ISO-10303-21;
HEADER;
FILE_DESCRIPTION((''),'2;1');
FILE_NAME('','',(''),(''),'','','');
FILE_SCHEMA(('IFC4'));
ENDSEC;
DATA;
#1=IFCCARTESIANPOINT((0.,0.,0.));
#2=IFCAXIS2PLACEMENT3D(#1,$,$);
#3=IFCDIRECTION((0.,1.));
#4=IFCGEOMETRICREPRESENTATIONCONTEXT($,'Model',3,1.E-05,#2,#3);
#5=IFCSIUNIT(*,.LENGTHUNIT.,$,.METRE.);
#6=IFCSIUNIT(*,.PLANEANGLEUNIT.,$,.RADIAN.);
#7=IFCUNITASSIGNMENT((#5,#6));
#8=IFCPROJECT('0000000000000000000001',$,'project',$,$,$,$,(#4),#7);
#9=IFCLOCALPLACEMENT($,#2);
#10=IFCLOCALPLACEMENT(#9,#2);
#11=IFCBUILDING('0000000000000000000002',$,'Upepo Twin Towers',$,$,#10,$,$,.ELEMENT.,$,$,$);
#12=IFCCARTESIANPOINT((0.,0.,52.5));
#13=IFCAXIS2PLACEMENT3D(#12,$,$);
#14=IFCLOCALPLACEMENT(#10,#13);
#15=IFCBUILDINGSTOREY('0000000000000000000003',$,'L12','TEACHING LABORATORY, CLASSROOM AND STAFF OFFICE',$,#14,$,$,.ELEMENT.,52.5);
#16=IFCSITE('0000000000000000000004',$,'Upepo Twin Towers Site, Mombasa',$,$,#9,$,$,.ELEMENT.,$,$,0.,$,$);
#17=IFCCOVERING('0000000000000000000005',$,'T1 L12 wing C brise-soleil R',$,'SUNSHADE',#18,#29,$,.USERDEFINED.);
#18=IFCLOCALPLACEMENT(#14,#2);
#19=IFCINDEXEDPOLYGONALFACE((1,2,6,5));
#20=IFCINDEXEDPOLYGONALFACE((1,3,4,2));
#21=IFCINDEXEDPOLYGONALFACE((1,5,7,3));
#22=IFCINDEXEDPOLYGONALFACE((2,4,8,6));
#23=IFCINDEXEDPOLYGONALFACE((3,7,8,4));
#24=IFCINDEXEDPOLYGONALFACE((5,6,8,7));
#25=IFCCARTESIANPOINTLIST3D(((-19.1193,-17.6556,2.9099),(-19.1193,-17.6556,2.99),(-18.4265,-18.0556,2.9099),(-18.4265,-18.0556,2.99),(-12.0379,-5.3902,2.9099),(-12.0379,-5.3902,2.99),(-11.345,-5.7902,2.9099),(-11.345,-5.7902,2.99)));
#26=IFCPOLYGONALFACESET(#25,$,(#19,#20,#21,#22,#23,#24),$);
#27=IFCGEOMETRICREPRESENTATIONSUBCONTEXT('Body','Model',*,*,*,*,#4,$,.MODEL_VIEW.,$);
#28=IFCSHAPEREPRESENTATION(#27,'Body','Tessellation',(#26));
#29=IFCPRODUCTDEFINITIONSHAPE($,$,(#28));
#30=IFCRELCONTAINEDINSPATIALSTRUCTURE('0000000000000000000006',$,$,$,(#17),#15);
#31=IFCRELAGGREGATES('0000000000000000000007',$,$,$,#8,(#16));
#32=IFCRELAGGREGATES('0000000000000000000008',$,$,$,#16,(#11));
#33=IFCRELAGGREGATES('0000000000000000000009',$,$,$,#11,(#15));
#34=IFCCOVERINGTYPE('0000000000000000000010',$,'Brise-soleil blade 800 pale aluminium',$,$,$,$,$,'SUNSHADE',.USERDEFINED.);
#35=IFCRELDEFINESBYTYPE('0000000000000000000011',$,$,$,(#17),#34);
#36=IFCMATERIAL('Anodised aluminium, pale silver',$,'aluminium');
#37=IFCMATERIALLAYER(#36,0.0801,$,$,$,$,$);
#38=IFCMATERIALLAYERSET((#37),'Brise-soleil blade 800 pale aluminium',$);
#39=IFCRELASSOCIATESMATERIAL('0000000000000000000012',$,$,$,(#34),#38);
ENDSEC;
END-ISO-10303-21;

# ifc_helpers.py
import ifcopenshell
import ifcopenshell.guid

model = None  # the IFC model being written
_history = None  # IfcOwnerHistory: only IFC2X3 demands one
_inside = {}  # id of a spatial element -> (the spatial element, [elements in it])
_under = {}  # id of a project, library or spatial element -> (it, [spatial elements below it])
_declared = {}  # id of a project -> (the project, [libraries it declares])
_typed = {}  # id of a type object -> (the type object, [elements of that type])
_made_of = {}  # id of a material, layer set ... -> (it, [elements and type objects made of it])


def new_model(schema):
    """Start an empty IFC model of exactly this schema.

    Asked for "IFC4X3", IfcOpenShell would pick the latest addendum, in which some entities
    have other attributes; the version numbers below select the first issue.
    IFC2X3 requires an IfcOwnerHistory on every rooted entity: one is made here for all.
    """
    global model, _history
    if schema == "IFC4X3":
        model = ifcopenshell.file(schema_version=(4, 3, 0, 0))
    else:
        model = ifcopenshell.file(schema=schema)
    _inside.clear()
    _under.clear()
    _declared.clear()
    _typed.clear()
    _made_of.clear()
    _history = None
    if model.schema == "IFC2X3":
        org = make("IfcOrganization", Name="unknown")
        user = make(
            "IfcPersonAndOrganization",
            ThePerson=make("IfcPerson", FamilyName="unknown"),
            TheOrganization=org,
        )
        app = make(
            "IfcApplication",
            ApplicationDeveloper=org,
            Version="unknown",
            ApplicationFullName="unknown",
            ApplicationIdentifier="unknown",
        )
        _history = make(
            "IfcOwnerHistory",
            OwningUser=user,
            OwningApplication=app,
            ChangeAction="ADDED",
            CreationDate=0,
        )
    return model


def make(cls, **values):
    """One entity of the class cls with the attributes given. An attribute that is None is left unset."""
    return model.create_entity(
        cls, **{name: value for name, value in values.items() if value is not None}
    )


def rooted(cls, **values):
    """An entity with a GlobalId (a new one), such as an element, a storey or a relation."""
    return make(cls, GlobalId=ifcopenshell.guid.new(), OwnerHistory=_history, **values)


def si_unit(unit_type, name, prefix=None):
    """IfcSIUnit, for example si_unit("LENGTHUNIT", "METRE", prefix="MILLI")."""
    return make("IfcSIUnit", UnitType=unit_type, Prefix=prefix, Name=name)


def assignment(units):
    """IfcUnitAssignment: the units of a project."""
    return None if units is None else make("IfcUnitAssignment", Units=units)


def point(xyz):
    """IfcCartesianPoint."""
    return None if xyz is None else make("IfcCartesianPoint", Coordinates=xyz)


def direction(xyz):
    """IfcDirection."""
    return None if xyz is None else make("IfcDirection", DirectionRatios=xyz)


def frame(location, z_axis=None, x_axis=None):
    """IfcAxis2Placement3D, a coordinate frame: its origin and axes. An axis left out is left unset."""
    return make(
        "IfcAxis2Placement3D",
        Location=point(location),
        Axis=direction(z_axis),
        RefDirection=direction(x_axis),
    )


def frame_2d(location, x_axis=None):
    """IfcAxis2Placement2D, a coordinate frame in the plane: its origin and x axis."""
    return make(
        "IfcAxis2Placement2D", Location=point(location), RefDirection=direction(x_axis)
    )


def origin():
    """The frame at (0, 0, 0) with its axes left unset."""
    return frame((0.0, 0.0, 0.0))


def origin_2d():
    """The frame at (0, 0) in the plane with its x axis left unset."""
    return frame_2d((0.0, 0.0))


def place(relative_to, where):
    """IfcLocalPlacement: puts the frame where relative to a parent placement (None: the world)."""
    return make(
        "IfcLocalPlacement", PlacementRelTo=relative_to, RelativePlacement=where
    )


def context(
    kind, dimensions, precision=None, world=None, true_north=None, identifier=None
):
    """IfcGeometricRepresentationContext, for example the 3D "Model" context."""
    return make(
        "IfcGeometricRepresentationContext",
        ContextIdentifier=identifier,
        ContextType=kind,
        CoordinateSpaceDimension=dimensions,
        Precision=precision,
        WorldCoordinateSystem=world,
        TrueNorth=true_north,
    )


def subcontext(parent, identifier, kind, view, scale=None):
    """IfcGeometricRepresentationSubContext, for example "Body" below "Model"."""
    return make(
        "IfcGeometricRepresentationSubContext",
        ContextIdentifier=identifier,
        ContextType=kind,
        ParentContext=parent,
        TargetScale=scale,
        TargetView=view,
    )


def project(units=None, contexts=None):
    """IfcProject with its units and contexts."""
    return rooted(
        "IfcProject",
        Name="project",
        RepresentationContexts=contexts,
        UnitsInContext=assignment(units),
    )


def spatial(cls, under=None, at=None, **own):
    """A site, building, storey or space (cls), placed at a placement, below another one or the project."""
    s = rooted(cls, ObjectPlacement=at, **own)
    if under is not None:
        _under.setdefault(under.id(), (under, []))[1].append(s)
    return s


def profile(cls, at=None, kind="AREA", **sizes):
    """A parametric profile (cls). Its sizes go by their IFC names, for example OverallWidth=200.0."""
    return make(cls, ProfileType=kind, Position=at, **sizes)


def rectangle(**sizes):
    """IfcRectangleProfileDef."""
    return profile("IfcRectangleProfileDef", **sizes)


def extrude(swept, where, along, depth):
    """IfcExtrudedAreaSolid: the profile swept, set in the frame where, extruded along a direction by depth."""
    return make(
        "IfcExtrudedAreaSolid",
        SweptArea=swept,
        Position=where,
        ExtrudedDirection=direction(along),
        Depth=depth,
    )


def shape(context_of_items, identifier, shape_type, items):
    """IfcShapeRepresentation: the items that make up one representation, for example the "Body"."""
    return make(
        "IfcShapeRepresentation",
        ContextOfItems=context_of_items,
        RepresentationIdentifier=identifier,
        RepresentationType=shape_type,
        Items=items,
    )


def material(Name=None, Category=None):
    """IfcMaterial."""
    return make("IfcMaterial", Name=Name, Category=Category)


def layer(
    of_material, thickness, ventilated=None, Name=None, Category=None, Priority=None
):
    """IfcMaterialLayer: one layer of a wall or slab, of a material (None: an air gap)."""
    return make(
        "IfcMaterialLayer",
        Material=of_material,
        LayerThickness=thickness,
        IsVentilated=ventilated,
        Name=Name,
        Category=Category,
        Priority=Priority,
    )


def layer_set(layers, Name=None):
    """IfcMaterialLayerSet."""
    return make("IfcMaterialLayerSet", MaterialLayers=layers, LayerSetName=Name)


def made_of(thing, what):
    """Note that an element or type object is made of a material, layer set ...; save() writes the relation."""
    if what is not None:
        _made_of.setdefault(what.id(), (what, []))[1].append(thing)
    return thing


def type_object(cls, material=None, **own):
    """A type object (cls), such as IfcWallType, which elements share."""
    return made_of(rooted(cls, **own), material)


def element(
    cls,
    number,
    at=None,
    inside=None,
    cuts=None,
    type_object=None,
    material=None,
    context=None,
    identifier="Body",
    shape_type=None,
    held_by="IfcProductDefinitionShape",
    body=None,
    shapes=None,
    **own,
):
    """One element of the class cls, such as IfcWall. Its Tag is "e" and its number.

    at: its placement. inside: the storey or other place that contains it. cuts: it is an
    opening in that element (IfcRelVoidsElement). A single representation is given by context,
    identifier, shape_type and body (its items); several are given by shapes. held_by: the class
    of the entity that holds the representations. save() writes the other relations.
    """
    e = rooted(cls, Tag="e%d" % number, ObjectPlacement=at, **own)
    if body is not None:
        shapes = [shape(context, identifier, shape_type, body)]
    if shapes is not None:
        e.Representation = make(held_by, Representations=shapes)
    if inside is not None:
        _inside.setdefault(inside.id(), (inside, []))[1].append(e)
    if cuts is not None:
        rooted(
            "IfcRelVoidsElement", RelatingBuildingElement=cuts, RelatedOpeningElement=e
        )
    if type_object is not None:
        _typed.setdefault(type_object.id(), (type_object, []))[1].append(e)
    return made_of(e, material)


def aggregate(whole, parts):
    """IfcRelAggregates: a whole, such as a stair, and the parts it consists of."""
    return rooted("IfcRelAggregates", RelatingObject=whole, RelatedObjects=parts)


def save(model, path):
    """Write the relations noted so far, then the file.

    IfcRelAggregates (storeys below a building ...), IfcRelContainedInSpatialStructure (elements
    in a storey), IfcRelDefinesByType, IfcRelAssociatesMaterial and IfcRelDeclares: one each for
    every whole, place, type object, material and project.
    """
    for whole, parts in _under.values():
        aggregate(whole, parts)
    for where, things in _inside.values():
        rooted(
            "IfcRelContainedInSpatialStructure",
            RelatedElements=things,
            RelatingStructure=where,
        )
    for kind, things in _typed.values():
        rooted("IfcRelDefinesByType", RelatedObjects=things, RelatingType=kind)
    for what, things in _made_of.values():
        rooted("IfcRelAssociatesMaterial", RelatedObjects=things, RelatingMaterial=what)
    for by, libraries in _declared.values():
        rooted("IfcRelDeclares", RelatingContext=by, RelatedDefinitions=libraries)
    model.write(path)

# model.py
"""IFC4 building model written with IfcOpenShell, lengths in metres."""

from ifc_helpers import new_model, si_unit, direction, frame, origin, origin_2d, place, context, subcontext, project, spatial, rectangle, extrude, material, layer, layer_set, type_object, element, save


model = new_model("IFC4")

# Units and contexts
model_context = context("Model", 3, precision=1e-05, world=origin(), true_north=direction((0.0, 1.0)))
body_context = subcontext(model_context, "Body", "Model", "MODEL_VIEW")
ifc_project = project(units=[si_unit("LENGTHUNIT", "METRE"), si_unit("PLANEANGLEUNIT", "RADIAN")], contexts=[model_context])

# Site, building, storey
site_placement = place(None, origin())
site = spatial("IfcSite", under=ifc_project, at=site_placement, Name="Upepo Twin Towers Site, Mombasa", CompositionType="ELEMENT", RefElevation=0.0)
building_placement = place(site_placement, origin())
building = spatial("IfcBuilding", under=site, at=building_placement, Name="Upepo Twin Towers", CompositionType="ELEMENT")
storey_placement = place(building_placement, frame((0.0, 0.0, 52.5)))
storey = spatial("IfcBuildingStorey", under=building, at=storey_placement, Name="L12", Description="TEACHING LABORATORY, CLASSROOM AND STAFF OFFICE", CompositionType="ELEMENT", Elevation=52.5)

# Covering
ifc_material_1 = material(Name="Anodised aluminium, pale silver", Category="aluminium")
ifc_layer_1 = layer(ifc_material_1, 0.0801)
ifc_layer_set_1 = layer_set([ifc_layer_1], Name="Brise-soleil blade 800 pale aluminium")
covering_type = type_object("IfcCoveringType", Name="Brise-soleil blade 800 pale aluminium", ElementType="SUNSHADE", PredefinedType="USERDEFINED", material=ifc_layer_set_1)
covering_placement = place(storey_placement, frame((-15.2322, -11.7229, 2.9099), z_axis=(0.0, 0.0, 1.0), x_axis=(-0.5, -0.866025, 0.0)))
element("IfcCovering", 1, at=covering_placement, inside=storey, type_object=covering_type, Name="T1 L12 wing C brise-soleil R", ObjectType="SUNSHADE", PredefinedType="USERDEFINED", context=body_context, shape_type="SweptSolid", body=[
    extrude(rectangle(XDim=14.1628, YDim=0.8, at=origin_2d()), origin(), (0.0, 0.0, 1.0), 0.0801),
])

save(model, "model.ifc")
